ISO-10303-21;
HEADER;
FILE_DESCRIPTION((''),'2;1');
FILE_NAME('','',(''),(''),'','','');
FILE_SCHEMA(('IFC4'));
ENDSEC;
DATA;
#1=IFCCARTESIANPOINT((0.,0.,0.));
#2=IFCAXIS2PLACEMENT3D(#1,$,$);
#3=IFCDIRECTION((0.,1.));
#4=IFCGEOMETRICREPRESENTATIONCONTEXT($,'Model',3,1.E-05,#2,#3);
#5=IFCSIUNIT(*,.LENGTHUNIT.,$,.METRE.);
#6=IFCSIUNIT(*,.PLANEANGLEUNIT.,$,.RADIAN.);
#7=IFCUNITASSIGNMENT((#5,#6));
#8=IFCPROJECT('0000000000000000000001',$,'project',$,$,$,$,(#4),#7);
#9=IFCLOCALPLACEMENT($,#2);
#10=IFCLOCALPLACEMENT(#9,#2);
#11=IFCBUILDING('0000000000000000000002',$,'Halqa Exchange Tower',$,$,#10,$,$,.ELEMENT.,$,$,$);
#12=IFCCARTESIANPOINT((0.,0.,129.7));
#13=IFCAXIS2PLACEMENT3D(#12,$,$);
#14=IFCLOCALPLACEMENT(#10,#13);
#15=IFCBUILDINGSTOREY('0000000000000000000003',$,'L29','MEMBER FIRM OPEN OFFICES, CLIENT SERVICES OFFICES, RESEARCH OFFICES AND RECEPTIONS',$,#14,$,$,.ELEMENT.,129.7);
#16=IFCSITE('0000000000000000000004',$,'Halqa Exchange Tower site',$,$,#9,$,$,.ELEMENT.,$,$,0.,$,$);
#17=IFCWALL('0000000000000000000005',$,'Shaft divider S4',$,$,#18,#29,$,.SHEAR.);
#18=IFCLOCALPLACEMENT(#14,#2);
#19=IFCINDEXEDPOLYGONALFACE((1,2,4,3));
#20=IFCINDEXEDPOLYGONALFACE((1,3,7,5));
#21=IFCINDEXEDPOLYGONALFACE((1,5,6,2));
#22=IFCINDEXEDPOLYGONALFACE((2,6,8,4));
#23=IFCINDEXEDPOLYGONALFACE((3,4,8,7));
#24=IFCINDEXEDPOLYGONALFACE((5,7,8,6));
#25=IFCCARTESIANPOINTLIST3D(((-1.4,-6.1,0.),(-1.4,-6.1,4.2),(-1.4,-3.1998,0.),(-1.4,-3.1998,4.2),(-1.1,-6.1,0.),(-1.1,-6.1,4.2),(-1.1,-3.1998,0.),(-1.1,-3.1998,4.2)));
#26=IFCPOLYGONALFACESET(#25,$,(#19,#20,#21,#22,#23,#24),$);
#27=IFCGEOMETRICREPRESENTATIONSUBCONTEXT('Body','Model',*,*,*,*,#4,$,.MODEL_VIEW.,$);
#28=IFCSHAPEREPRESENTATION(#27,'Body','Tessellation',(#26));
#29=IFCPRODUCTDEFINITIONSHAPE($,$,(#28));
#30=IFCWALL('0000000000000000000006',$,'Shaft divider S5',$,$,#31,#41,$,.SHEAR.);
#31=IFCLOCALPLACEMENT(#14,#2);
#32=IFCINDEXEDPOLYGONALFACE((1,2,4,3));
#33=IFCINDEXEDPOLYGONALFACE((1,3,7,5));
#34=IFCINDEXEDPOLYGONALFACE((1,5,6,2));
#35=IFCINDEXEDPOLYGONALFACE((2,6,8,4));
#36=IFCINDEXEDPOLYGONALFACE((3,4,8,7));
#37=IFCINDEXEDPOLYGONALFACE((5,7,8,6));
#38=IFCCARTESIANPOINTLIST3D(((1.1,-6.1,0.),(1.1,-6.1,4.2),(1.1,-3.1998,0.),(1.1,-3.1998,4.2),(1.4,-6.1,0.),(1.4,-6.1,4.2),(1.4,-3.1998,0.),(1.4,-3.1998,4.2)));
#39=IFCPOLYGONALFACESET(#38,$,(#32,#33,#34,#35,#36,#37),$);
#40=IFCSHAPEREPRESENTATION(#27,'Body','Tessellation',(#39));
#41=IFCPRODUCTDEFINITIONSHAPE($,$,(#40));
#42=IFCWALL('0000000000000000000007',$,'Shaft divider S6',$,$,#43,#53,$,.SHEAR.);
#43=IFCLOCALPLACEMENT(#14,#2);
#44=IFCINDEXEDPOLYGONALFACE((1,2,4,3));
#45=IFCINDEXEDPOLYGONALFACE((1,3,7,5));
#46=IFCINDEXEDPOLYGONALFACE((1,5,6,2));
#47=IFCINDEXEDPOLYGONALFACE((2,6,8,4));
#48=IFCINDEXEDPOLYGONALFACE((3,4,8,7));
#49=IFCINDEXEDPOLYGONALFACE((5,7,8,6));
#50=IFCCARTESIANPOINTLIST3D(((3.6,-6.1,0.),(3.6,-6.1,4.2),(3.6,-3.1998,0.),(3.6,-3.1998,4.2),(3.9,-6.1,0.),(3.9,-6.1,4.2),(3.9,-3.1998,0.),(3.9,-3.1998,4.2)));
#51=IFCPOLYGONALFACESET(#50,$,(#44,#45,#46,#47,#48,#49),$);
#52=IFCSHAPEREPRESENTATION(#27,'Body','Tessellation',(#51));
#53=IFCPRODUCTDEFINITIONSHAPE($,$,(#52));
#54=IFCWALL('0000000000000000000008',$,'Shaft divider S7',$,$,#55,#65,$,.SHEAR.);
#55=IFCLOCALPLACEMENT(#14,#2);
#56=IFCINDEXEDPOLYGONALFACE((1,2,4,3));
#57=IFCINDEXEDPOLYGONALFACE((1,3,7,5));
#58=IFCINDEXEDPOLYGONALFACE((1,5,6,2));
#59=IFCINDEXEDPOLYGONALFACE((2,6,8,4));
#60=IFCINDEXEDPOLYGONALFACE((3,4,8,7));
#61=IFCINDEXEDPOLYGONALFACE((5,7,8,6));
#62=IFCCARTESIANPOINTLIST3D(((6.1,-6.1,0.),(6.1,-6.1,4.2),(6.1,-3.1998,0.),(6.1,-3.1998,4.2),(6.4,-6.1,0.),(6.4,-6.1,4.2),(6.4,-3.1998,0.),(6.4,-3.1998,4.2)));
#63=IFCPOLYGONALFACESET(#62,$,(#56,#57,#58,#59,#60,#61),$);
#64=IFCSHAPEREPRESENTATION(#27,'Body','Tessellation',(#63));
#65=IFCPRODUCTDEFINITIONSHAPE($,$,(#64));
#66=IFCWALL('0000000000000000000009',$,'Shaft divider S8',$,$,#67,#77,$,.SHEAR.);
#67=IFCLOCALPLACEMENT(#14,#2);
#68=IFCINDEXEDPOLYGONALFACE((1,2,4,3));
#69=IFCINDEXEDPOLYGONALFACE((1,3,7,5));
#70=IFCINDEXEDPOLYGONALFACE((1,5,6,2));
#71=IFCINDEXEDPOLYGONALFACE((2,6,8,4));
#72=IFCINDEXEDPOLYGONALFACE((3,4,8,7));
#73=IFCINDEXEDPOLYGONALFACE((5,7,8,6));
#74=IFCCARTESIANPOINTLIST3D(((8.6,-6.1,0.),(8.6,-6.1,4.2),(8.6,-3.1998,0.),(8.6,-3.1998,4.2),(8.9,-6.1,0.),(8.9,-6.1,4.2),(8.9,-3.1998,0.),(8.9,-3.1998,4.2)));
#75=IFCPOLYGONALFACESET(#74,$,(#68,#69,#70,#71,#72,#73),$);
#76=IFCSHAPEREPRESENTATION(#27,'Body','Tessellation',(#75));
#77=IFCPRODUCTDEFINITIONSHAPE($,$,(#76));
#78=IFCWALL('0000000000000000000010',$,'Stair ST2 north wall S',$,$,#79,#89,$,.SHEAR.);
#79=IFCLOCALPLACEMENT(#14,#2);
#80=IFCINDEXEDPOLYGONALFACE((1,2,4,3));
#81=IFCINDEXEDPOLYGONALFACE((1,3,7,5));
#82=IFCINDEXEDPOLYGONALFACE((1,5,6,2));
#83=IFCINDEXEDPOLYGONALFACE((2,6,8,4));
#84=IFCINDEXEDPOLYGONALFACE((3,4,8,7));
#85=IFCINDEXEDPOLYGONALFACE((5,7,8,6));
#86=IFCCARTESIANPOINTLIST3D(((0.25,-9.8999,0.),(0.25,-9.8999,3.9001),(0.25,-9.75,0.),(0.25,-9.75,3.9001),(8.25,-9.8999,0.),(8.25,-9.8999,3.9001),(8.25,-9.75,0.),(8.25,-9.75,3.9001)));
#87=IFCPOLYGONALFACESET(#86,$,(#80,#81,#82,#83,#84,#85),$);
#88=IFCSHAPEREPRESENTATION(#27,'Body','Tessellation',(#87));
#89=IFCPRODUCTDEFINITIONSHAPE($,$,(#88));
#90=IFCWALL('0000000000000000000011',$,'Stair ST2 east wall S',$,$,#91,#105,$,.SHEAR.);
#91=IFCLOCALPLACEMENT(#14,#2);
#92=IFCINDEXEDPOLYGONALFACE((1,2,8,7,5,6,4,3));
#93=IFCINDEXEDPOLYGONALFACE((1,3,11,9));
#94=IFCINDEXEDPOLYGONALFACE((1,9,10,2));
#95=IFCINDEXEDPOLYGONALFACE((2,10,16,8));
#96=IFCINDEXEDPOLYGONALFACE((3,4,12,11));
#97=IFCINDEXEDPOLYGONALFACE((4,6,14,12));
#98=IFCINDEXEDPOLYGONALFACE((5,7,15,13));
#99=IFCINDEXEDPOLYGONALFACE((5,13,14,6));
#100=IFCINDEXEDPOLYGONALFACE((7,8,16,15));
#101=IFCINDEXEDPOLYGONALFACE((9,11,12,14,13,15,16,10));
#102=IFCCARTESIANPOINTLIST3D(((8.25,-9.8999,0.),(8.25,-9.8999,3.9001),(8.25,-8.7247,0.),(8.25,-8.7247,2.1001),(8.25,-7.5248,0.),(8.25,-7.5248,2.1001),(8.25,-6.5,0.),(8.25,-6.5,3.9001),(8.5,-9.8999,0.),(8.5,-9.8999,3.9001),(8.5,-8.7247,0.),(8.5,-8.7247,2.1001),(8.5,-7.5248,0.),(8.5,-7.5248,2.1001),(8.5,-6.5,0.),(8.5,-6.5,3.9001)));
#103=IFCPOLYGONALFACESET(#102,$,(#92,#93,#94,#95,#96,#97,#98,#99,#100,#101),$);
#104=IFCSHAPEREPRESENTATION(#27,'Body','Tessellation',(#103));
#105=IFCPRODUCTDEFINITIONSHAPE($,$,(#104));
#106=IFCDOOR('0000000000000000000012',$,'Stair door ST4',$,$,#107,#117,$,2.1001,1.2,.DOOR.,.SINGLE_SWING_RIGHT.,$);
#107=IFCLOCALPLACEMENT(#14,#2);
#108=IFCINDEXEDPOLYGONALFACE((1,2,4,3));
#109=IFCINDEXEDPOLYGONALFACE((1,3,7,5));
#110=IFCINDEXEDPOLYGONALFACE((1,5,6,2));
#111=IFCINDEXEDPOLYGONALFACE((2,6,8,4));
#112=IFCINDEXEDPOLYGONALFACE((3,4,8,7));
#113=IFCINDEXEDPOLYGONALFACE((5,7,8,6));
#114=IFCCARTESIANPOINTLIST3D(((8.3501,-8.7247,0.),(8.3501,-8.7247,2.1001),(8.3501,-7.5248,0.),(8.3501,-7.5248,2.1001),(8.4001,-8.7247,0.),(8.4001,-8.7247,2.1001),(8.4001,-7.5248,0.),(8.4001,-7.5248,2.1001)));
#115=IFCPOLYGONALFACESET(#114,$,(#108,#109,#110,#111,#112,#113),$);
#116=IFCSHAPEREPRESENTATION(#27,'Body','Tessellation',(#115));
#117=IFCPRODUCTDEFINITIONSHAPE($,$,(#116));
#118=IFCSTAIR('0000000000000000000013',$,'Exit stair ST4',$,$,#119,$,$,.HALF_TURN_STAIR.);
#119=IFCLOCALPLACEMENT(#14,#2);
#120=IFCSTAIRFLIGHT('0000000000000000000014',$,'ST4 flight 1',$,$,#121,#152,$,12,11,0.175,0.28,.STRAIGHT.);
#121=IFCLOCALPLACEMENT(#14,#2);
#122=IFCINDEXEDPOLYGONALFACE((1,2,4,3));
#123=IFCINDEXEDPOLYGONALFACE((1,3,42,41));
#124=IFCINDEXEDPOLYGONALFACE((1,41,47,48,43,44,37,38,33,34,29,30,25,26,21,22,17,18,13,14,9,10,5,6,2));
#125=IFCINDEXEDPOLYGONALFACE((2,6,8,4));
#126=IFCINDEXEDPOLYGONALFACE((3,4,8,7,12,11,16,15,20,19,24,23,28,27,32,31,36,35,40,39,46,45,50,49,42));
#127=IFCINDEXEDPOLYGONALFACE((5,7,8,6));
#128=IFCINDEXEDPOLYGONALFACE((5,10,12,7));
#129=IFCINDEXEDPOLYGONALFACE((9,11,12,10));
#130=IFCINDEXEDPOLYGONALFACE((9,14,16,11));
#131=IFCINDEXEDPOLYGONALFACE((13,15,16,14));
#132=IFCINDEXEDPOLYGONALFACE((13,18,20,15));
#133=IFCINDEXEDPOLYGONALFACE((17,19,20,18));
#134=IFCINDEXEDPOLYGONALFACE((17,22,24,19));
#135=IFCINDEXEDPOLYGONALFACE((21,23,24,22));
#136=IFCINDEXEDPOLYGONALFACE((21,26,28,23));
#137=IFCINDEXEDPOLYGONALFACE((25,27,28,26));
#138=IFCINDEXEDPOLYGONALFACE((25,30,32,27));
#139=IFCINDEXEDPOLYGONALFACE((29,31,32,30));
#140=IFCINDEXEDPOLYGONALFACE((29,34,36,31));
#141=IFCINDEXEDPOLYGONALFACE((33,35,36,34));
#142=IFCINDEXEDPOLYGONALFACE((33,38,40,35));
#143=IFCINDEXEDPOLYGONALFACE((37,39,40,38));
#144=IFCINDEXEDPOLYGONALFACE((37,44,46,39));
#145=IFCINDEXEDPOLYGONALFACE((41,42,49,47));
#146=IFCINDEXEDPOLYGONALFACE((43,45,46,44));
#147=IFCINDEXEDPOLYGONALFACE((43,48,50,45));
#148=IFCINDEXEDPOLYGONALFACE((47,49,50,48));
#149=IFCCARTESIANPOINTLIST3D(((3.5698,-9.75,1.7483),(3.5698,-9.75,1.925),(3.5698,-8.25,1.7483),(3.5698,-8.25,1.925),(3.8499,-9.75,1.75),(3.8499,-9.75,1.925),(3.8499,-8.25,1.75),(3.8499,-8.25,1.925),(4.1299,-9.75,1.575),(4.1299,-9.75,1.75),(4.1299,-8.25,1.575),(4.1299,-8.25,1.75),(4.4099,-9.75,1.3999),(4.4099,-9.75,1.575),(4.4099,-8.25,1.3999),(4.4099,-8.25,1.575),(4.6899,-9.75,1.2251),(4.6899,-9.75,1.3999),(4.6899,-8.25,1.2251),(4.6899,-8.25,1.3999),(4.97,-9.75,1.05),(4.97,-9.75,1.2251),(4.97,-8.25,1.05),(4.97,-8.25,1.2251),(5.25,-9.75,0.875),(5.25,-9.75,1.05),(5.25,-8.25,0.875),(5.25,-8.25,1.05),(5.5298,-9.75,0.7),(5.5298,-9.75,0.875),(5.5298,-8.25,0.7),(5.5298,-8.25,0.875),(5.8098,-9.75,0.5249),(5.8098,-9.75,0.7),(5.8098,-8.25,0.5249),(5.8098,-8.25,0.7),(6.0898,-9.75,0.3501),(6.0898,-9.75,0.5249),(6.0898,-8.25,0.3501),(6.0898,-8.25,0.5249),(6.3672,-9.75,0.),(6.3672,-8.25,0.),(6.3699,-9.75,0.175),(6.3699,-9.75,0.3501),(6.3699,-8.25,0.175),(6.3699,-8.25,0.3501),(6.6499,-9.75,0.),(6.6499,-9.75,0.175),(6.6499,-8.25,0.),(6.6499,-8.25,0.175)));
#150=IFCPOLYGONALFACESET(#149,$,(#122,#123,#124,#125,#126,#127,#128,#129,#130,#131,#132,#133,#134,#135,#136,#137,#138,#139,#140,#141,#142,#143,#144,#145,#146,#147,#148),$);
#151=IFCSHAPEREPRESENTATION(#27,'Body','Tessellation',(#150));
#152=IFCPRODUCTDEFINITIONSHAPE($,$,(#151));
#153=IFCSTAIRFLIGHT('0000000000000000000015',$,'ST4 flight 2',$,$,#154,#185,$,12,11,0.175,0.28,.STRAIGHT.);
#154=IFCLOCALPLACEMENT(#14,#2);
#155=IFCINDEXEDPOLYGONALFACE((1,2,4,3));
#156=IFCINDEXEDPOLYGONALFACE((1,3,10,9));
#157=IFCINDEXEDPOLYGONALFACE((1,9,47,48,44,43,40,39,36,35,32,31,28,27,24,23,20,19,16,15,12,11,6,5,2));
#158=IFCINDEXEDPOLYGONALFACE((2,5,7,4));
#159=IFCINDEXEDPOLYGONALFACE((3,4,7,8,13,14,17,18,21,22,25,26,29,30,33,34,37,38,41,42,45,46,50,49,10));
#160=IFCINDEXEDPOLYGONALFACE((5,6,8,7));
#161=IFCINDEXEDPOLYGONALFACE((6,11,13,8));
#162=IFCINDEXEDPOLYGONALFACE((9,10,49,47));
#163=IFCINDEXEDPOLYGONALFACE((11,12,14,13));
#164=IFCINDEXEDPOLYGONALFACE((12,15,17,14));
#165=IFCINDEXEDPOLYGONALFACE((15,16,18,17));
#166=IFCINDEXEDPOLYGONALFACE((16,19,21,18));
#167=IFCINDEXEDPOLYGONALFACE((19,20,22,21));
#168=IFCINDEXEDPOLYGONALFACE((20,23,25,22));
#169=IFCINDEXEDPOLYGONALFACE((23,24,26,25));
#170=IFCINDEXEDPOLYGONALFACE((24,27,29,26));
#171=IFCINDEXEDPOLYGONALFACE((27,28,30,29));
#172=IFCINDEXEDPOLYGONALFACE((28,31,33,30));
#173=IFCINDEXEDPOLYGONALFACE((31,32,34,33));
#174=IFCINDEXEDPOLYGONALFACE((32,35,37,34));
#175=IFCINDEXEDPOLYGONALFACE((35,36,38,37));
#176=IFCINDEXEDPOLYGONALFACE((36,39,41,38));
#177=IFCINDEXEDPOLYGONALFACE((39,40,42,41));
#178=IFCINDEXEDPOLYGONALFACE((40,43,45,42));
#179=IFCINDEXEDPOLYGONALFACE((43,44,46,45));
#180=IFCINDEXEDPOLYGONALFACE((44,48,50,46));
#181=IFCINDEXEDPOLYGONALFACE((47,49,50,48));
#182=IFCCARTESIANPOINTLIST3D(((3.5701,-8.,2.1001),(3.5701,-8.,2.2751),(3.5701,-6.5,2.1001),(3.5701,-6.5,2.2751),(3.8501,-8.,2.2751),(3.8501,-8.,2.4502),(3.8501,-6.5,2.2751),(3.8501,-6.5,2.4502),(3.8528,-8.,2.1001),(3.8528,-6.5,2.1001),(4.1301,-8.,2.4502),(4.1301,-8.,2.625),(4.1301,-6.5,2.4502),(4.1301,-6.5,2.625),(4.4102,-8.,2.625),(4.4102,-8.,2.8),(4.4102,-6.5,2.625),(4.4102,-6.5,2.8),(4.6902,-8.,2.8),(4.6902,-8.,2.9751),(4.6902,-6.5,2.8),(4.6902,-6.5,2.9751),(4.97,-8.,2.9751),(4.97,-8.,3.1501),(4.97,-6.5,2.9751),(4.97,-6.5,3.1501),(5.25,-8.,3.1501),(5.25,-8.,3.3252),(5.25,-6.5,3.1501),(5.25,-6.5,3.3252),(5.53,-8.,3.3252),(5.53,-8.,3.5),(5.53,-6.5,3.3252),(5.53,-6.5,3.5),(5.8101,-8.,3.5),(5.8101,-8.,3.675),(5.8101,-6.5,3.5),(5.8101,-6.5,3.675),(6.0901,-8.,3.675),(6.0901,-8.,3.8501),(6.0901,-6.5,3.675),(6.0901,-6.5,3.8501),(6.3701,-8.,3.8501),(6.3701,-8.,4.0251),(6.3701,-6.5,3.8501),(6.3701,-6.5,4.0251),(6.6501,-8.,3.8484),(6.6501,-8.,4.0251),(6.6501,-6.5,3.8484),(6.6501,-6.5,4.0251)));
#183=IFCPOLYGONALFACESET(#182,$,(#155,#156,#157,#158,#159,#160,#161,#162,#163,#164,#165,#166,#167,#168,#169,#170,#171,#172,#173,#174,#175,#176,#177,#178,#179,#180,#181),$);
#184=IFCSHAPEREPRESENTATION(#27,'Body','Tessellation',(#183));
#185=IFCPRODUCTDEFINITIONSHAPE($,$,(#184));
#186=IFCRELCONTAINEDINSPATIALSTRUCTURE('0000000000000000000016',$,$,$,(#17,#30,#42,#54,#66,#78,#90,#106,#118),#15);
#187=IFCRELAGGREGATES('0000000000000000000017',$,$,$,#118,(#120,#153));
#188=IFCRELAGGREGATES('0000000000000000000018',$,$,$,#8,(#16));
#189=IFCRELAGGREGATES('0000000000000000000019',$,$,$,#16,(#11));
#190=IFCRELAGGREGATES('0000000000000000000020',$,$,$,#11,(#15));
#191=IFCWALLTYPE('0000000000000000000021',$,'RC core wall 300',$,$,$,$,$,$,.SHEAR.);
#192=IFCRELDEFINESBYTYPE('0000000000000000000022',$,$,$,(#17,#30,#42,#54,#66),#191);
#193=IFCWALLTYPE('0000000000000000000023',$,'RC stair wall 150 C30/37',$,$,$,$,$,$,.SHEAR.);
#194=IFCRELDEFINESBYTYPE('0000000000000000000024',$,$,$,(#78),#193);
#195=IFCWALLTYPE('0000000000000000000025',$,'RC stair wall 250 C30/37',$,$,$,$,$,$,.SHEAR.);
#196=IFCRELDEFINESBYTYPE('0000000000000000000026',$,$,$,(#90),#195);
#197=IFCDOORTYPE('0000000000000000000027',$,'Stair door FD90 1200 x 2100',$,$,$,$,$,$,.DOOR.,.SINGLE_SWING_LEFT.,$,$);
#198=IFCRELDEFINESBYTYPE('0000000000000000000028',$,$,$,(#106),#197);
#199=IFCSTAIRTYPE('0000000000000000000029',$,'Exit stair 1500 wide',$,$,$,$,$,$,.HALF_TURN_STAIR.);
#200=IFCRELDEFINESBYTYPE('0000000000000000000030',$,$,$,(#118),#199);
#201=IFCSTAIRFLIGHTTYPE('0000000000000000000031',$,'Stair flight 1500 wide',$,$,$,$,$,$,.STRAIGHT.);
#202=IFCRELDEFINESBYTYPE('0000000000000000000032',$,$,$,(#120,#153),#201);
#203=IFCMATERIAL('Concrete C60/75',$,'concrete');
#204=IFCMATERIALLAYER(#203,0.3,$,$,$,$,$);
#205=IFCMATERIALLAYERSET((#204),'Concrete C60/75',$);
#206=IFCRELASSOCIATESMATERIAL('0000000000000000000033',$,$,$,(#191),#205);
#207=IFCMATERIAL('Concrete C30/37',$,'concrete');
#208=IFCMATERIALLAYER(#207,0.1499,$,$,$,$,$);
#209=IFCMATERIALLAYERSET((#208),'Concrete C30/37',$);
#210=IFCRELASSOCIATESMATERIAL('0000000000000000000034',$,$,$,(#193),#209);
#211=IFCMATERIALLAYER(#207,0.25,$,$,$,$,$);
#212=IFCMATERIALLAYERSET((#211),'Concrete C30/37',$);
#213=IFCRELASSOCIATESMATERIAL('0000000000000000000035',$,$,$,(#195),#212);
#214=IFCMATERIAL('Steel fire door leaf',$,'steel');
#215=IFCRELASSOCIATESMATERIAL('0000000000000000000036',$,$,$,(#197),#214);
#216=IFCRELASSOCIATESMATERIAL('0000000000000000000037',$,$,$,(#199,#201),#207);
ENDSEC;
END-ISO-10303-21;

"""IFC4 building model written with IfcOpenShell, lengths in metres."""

from ifc_helpers import new_model, si_unit, direction, frame, frame_2d, origin, place, context, subcontext, project, spatial, polyline, rectangle, outline, extrude, material, layer, layer_set, type_object, element, fill, aggregate, save


model = new_model("IFC4")

# Units and contexts
model_context = context("Model", 3, precision=1e-05, world=origin(), true_north=direction((0.0, 1.0)))
body_context = subcontext(model_context, "Body", "Model", "MODEL_VIEW")
ifc_project = project(units=[si_unit("LENGTHUNIT", "METRE"), si_unit("PLANEANGLEUNIT", "RADIAN")], contexts=[model_context])

# Site, building, storey
site_placement = place(None, origin())
site = spatial("IfcSite", under=ifc_project, at=site_placement, Name="Halqa Exchange Tower site", CompositionType="ELEMENT", RefElevation=0.0)
building_placement = place(site_placement, origin())
building = spatial("IfcBuilding", under=site, at=building_placement, Name="Halqa Exchange Tower", CompositionType="ELEMENT")
storey_placement = place(building_placement, frame((0.0, 0.0, 129.7)))
storey = spatial("IfcBuildingStorey", under=building, at=storey_placement, Name="L29", Description="MEMBER FIRM OPEN OFFICES, CLIENT SERVICES OFFICES, RESEARCH OFFICES AND RECEPTIONS", CompositionType="ELEMENT", Elevation=129.7)

# Walls
ifc_material_1 = material(Name="Concrete C60/75", Category="concrete")
ifc_layer_1 = layer(ifc_material_1, 0.3)
ifc_layer_set_1 = layer_set([ifc_layer_1], Name="Concrete C60/75")
wall_type_1 = type_object("IfcWallType", Name="RC core wall 300", PredefinedType="SHEAR", material=ifc_layer_set_1)
for number, where, z_axis, x_axis, name in (
    (1, (-1.25, -6.1001, 0.0), (0.0, 0.0, 1.0), (0.0, 1.0, 0.0), "Shaft divider S4"),
    (2, (1.25, -6.1001, 0.0), (0.0, 0.0, 1.0), (0.0, 1.0, 0.0), "Shaft divider S5"),
    (3, (3.75, -6.1001, 0.0), (0.0, 0.0, 1.0), (0.0, 1.0, 0.0), "Shaft divider S6"),
    (4, (6.25, -6.1001, 0.0), (0.0, 0.0, 1.0), (0.0, 1.0, 0.0), "Shaft divider S7"),
    (5, (8.75, -6.1001, 0.0), (0.0, 0.0, 1.0), (0.0, 1.0, 0.0), "Shaft divider S8"),
):
    element("IfcWall", number, at=place(storey_placement, frame(where, z_axis=z_axis, x_axis=x_axis)), inside=storey, type_object=wall_type_1, Name=name, PredefinedType="SHEAR", context=body_context, shape_type="SweptSolid", body=[
        extrude(rectangle(XDim=2.9001, YDim=0.3, at=frame_2d((1.4502, 0.0))), origin(), (0.0, 0.0, 1.0), 4.2),
    ])
ifc_material_2 = material(Name="Concrete C30/37", Category="concrete")
ifc_layer_2 = layer(ifc_material_2, 0.1499)
ifc_layer_set_2 = layer_set([ifc_layer_2], Name="Concrete C30/37")
wall_type_2 = type_object("IfcWallType", Name="RC stair wall 150 C30/37", PredefinedType="SHEAR", material=ifc_layer_set_2)
wall_1_placement = place(storey_placement, frame((0.25, -9.825, 0.0), z_axis=(0.0, 0.0, 1.0), x_axis=(1.0, 0.0, 0.0)))
element("IfcWall", 6, at=wall_1_placement, inside=storey, type_object=wall_type_2, Name="Stair ST2 north wall S", PredefinedType="SHEAR", context=body_context, shape_type="SweptSolid", body=[
    extrude(rectangle(XDim=8.0, YDim=0.1499, at=frame_2d((4.0, 0.0))), origin(), (0.0, 0.0, 1.0), 3.9001),
])

# Wall, opening, door
ifc_layer_3 = layer(ifc_material_2, 0.25)
ifc_layer_set_3 = layer_set([ifc_layer_3], Name="Concrete C30/37")
wall_type_3 = type_object("IfcWallType", Name="RC stair wall 250 C30/37", PredefinedType="SHEAR", material=ifc_layer_set_3)
wall_2_placement = place(storey_placement, frame((8.375, -9.8999, 0.0), z_axis=(0.0, 0.0, 1.0), x_axis=(0.0, 1.0, 0.0)))
wall_2 = element("IfcWall", 7, at=wall_2_placement, inside=storey, type_object=wall_type_3, Name="Stair ST2 east wall S", PredefinedType="SHEAR", context=body_context, shape_type="SweptSolid", body=[
    extrude(rectangle(XDim=3.3999, YDim=0.25, at=frame_2d((1.7, 0.0))), origin(), (0.0, 0.0, 1.0), 3.9001),
])
opening_placement = place(wall_2_placement, frame((1.175, 0.0, 0.0)))
opening = element("IfcOpeningElement", 8, at=opening_placement, cuts=wall_2, PredefinedType="OPENING", context=body_context, shape_type="SweptSolid", body=[
    extrude(rectangle(XDim=1.2, YDim=2.1001, at=frame_2d((0.6001, 1.05))), frame((0.0, 0.137, 0.0), z_axis=(0.0, -1.0, 0.0), x_axis=(1.0, 0.0, 0.0)), (0.0, 0.0, 1.0), 0.2739),
])
ifc_material_3 = material(Name="Steel fire door leaf", Category="steel")
door_type = type_object("IfcDoorType", Name="Stair door FD90 1200 x 2100", OperationType="SINGLE_SWING_LEFT", PredefinedType="DOOR", material=ifc_material_3)
door_placement = place(opening_placement, origin())
door = element("IfcDoor", 9, at=door_placement, inside=storey, type_object=door_type, Name="Stair door ST4", OperationType="SINGLE_SWING_RIGHT", OverallHeight=2.1001, OverallWidth=1.2, PredefinedType="DOOR", context=body_context, shape_type="SweptSolid", body=[
    extrude(rectangle(XDim=1.2, YDim=2.1001, at=frame_2d((0.6001, 1.05))), frame((0.0, 0.0249, 0.0), z_axis=(0.0, -1.0, 0.0), x_axis=(1.0, 0.0, 0.0)), (0.0, 0.0, 1.0), 0.05),
])
fill(opening, door)

# Stair, stair flights
stair_type = type_object("IfcStairType", Name="Exit stair 1500 wide", PredefinedType="HALF_TURN_STAIR", material=ifc_material_2)
stair_placement = place(storey_placement, origin())
stair = element("IfcStair", 10, at=stair_placement, inside=storey, type_object=stair_type, Name="Exit stair ST4", PredefinedType="HALF_TURN_STAIR")
stair_flight_type = type_object("IfcStairFlightType", Name="Stair flight 1500 wide", PredefinedType="STRAIGHT", material=ifc_material_2)
stair_flight_1_placement = place(storey_placement, frame((6.6499, -9.0, 0.0), z_axis=(0.0, 0.0, 1.0), x_axis=(-1.0, 0.0, 0.0)))
stair_flight_1 = element("IfcStairFlight", 11, at=stair_flight_1_placement, type_object=stair_flight_type, Name="ST4 flight 1", NumberOfRisers=12, NumberOfTreads=11, PredefinedType="STRAIGHT", RiserHeight=0.175, TreadLength=0.28, context=body_context, shape_type="SweptSolid", body=[
    extrude(outline(polyline([(0.0, 0.0), (0.0, 0.175), (0.28, 0.175), (0.28, 0.3501), (0.5601, 0.3501), (0.5601, 0.5249), (0.8401, 0.5249), (0.8401, 0.7), (1.1201, 0.7), (1.1201, 0.875), (1.3999, 0.875), (1.3999, 1.05), (1.6799, 1.05), (1.6799, 1.2251), (1.96, 1.2251), (1.96, 1.3999), (2.24, 1.3999), (2.24, 1.575), (2.52, 1.575), (2.52, 1.75), (2.8, 1.75), (2.8, 1.925), (3.0801, 1.925), (3.0801, 2.1001), (3.0801, 1.7483), (0.2827, 0.0), (0.0, 0.0)])), frame((0.0, 0.75, 0.0), z_axis=(0.0, -1.0, 0.0), x_axis=(1.0, 0.0, 0.0)), (0.0, 0.0, 1.0), 1.5),
])
stair_flight_2_placement = place(storey_placement, frame((3.5701, -7.25, 2.1001), z_axis=(0.0, 0.0, 1.0), x_axis=(1.0, 0.0, 0.0)))
stair_flight_2 = element("IfcStairFlight", 12, at=stair_flight_2_placement, type_object=stair_flight_type, Name="ST4 flight 2", NumberOfRisers=12, NumberOfTreads=11, PredefinedType="STRAIGHT", RiserHeight=0.175, TreadLength=0.28, context=body_context, shape_type="SweptSolid", body=[
    extrude(outline(polyline([(0.0, 0.0), (0.0, 0.175), (0.28, 0.175), (0.28, 0.3501), (0.5601, 0.3501), (0.5601, 0.5249), (0.8401, 0.5249), (0.8401, 0.7), (1.1201, 0.7), (1.1201, 0.875), (1.3999, 0.875), (1.3999, 1.05), (1.6799, 1.05), (1.6799, 1.2251), (1.96, 1.2251), (1.96, 1.3999), (2.24, 1.3999), (2.24, 1.575), (2.52, 1.575), (2.52, 1.75), (2.8, 1.75), (2.8, 1.925), (3.0801, 1.925), (3.0801, 2.1001), (3.0801, 1.7483), (0.2827, 0.0), (0.0, 0.0)])), frame((0.0, 0.75, 0.0), z_axis=(0.0, -1.0, 0.0), x_axis=(1.0, 0.0, 0.0)), (0.0, 0.0, 1.0), 1.5),
])
aggregate(stair, [stair_flight_1, stair_flight_2])

save(model, "model.ifc")
